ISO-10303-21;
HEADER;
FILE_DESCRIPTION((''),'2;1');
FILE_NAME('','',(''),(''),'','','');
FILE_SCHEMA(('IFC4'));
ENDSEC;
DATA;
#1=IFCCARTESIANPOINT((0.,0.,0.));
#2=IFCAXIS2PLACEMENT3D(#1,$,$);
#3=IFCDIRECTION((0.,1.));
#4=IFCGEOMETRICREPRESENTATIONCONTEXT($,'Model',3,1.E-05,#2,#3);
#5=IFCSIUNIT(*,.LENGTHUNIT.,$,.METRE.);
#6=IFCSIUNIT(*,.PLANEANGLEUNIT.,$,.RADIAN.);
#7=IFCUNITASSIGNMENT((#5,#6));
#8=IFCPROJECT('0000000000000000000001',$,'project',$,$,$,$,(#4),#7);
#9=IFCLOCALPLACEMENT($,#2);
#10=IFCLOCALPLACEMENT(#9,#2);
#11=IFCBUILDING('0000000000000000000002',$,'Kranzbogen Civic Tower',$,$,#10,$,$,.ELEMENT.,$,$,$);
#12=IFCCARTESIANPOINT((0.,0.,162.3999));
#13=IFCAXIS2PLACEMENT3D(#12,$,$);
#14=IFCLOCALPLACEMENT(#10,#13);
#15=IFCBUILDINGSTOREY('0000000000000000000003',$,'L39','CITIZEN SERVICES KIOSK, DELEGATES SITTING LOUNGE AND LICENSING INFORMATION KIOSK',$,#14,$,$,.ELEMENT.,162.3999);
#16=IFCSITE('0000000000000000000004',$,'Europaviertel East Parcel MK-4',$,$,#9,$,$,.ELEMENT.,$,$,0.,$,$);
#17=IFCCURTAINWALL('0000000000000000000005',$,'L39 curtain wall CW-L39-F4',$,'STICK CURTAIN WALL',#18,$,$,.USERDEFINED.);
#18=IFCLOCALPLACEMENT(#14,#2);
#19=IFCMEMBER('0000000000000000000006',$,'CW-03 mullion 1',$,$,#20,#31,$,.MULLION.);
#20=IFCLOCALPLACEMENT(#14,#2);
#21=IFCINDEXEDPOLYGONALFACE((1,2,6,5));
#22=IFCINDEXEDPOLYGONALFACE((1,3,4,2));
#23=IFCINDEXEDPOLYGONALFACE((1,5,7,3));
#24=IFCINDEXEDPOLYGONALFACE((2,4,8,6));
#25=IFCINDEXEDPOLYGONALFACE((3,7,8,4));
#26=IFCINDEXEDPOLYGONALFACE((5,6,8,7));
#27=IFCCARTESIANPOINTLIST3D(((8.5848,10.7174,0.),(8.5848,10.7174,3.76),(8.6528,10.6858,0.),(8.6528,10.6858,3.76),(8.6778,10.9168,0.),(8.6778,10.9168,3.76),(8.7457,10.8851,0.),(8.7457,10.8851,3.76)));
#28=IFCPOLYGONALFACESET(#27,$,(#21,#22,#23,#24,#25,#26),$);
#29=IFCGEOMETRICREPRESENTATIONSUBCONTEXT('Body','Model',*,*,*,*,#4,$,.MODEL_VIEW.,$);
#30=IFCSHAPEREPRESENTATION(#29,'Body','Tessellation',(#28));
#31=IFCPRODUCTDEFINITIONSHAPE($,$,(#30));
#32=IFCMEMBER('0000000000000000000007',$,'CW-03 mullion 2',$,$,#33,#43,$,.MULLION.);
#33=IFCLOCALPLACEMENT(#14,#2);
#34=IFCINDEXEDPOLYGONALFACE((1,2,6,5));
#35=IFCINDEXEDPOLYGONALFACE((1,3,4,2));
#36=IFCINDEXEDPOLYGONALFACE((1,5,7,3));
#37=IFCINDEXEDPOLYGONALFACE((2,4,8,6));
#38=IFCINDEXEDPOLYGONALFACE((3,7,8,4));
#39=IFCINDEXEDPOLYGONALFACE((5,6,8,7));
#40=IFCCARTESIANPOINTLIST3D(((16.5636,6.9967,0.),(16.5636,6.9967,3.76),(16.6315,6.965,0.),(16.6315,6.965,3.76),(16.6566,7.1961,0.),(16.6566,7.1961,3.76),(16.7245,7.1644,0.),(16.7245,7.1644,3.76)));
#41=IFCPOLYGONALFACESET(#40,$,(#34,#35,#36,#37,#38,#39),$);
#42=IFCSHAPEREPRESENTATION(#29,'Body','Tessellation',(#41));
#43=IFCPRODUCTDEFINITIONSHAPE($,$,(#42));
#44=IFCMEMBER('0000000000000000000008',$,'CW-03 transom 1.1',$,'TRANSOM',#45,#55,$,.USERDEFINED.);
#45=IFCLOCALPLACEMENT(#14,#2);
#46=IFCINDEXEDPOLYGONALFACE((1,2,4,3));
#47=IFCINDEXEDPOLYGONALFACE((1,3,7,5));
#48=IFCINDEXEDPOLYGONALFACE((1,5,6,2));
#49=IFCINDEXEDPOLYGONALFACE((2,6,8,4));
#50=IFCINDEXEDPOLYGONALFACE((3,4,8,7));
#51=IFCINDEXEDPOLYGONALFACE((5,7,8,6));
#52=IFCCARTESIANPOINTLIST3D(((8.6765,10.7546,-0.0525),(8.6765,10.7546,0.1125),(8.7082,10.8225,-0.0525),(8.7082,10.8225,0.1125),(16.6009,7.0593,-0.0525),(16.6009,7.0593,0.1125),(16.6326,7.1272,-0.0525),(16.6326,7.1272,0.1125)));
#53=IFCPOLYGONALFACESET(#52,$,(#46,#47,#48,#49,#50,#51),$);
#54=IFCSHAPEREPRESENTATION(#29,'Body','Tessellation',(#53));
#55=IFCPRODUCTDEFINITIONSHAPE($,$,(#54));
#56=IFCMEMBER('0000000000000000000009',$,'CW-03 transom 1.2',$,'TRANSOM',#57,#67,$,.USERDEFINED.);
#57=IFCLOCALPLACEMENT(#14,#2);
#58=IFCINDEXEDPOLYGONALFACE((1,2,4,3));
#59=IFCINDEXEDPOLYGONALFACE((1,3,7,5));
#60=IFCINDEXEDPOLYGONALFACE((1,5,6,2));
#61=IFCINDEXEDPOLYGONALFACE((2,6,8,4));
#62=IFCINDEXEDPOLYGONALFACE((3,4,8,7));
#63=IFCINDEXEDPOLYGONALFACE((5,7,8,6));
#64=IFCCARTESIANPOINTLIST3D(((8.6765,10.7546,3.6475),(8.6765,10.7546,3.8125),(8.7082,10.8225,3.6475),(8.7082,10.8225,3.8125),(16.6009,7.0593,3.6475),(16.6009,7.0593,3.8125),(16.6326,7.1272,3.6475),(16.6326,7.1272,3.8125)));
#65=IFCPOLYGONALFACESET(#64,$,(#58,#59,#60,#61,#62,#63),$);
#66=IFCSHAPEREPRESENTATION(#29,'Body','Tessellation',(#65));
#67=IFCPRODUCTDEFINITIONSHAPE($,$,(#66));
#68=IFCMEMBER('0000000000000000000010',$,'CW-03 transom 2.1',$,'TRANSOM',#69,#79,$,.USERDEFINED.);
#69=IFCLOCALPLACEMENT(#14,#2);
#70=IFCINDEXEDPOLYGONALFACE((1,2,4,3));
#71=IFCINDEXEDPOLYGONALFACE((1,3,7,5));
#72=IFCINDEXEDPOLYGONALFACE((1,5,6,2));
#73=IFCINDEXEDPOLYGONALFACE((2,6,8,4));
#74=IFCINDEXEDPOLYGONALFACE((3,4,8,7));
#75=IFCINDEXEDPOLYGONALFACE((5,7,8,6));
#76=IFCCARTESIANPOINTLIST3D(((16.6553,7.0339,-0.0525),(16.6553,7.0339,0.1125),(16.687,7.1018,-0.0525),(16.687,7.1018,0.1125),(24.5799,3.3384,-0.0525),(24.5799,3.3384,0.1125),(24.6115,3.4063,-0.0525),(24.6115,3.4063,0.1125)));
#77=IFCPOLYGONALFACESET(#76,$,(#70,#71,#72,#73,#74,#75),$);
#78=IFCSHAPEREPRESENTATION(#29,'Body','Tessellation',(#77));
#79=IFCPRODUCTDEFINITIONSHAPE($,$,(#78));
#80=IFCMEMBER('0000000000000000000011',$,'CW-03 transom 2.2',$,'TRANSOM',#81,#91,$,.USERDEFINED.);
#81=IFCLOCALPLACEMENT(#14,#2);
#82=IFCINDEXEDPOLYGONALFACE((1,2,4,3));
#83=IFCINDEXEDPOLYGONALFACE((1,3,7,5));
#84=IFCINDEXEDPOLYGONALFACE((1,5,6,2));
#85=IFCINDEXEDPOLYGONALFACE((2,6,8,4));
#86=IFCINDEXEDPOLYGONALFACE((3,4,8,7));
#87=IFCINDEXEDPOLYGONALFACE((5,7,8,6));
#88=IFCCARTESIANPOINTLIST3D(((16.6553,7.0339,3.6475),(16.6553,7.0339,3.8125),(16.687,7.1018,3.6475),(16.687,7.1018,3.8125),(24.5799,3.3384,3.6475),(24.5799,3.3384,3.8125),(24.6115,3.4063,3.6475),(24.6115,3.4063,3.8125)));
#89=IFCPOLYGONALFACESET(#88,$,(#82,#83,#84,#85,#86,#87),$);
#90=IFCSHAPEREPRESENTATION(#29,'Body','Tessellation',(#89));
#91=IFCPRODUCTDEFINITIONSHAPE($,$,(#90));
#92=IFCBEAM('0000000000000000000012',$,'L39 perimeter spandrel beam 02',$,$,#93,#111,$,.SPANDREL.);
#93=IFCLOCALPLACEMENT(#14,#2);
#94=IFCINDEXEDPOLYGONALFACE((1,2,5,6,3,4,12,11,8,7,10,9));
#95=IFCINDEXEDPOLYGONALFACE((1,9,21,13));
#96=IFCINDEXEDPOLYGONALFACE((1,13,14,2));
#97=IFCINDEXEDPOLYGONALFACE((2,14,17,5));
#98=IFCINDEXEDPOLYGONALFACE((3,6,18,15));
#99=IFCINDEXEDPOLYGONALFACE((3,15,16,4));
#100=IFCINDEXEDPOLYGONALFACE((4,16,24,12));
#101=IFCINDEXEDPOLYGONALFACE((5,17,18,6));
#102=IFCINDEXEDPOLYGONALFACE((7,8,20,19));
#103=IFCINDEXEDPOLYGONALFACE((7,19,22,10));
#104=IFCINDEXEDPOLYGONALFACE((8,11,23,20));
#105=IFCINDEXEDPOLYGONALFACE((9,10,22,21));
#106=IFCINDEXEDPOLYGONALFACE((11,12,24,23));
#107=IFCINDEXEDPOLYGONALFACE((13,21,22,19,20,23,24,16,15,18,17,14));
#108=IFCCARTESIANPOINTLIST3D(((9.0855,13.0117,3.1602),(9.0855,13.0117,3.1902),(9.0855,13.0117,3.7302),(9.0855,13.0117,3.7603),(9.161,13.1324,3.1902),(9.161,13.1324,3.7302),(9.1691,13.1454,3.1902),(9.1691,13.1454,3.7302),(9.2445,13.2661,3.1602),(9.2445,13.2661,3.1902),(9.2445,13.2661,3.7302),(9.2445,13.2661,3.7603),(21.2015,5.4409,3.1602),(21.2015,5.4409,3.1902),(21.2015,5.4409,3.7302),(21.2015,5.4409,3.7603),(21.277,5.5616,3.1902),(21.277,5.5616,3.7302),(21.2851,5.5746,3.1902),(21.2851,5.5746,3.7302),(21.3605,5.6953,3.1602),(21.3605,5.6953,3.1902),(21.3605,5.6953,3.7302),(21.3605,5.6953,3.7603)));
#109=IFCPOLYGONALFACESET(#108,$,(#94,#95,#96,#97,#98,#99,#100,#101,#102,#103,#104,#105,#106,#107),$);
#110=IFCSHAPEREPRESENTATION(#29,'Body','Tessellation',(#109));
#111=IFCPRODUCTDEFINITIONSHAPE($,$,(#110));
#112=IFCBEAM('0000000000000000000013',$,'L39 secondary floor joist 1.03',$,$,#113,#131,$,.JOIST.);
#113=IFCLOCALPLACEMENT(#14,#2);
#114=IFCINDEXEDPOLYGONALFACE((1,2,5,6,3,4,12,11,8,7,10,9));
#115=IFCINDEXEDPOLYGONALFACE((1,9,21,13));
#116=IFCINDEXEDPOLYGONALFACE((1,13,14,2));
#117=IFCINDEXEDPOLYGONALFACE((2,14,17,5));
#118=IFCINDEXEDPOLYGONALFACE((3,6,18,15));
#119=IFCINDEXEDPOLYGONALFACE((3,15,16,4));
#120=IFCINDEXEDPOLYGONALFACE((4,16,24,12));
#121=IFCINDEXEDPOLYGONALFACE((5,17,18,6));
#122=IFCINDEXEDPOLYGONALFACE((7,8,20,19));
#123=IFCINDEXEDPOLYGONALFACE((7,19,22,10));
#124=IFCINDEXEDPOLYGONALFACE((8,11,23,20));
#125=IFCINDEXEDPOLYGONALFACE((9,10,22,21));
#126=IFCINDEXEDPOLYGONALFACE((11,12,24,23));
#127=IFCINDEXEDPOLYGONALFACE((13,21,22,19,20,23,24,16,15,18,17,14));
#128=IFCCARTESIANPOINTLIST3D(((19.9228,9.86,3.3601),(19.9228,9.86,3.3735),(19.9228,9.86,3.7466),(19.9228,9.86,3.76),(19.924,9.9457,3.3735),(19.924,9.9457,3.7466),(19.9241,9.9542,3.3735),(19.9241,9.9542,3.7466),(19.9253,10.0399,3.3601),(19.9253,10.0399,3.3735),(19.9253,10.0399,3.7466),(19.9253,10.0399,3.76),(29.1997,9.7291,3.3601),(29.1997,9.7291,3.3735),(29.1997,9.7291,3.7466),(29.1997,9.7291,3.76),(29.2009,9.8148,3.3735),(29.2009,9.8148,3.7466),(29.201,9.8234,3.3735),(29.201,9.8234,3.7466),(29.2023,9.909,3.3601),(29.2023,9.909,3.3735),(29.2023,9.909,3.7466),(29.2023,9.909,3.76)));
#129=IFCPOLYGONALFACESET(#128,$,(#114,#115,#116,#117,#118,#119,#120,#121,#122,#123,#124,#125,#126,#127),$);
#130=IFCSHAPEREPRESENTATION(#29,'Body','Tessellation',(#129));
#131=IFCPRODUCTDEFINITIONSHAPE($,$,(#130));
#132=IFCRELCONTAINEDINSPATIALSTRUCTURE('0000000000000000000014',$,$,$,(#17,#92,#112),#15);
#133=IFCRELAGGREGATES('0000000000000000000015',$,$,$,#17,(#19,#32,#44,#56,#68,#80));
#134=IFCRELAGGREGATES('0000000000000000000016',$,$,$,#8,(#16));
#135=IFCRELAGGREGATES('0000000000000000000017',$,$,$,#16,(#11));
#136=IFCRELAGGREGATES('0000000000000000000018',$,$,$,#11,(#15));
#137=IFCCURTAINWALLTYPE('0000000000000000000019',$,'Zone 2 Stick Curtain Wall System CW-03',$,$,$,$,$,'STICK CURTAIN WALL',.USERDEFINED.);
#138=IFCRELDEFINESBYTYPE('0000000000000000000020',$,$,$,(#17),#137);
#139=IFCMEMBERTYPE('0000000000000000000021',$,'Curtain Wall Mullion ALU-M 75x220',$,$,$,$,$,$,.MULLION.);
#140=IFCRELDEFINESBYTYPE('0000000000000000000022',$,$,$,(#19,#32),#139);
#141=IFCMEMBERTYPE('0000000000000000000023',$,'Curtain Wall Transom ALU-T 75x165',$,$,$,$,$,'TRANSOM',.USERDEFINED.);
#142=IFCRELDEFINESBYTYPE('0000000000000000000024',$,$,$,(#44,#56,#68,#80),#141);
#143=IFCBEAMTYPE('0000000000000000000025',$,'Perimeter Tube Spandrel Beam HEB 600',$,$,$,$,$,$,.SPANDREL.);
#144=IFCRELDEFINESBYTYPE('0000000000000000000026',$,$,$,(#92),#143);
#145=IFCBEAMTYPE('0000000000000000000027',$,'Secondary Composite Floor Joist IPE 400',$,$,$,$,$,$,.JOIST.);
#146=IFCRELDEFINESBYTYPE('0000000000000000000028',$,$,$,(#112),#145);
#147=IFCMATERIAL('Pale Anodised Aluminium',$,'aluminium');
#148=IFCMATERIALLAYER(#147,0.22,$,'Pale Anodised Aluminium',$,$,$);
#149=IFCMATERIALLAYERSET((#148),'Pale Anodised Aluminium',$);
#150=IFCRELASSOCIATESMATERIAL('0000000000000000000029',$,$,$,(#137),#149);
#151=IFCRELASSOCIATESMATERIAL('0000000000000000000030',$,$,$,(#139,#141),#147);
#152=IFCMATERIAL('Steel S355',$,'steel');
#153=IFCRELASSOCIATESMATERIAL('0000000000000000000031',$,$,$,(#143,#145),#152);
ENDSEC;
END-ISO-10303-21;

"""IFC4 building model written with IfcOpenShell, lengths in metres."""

from ifc_helpers import new_model, si_unit, direction, frame, origin, origin_2d, place, context, subcontext, project, spatial, rectangle, i_section, extrude, material, layer, layer_set, material_profile, profile_set, type_object, element, aggregate, save


model = new_model("IFC4")

# Units and contexts
model_context = context("Model", 3, precision=1e-05, world=origin(), true_north=direction((0.0, 1.0)))
body_context = subcontext(model_context, "Body", "Model", "MODEL_VIEW")
ifc_project = project(units=[si_unit("LENGTHUNIT", "METRE"), si_unit("PLANEANGLEUNIT", "RADIAN")], contexts=[model_context])

# Site, building, storey
site_placement = place(None, origin())
site = spatial("IfcSite", under=ifc_project, at=site_placement, Name="Europaviertel East Parcel MK-4", CompositionType="ELEMENT", RefElevation=0.0)
building_placement = place(site_placement, origin())
building = spatial("IfcBuilding", under=site, at=building_placement, Name="Kranzbogen Civic Tower", CompositionType="ELEMENT")
storey_placement = place(building_placement, frame((0.0, 0.0, 162.3999)))
storey = spatial("IfcBuildingStorey", under=building, at=storey_placement, Name="L39", Description="CITIZEN SERVICES KIOSK, DELEGATES SITTING LOUNGE AND LICENSING INFORMATION KIOSK", CompositionType="ELEMENT", Elevation=162.3999)

# Curtain wall, members
ifc_material_1 = material(Name="Pale Anodised Aluminium", Category="aluminium")
ifc_layer_1 = layer(ifc_material_1, 0.22, Name="Pale Anodised Aluminium")
ifc_layer_set_1 = layer_set([ifc_layer_1], Name="Pale Anodised Aluminium")
curtain_wall_type = type_object("IfcCurtainWallType", Name="Zone 2 Stick Curtain Wall System CW-03", ElementType="STICK CURTAIN WALL", PredefinedType="USERDEFINED", material=ifc_layer_set_1)
curtain_wall_placement = place(storey_placement, origin())
curtain_wall = element("IfcCurtainWall", 1, at=curtain_wall_placement, inside=storey, type_object=curtain_wall_type, Name="L39 curtain wall CW-L39-F4", ObjectType="STICK CURTAIN WALL", PredefinedType="USERDEFINED")
ifc_material_profile_1 = material_profile(ifc_material_1, rectangle(XDim=0.075, YDim=0.22, at=origin_2d()), Name="ALU-M 75x220")
ifc_profile_set_1 = profile_set([ifc_material_profile_1], Name="Pale Anodised Aluminium")
member_type_1 = type_object("IfcMemberType", Name="Curtain Wall Mullion ALU-M 75x220", PredefinedType="MULLION", material=ifc_profile_set_1)
member_1_placement = place(storey_placement, frame((8.6653, 10.8013, 0.0), z_axis=(0.0, 0.0, 1.0), x_axis=(0.906297, -0.422641, 0.0)))
member_1 = element("IfcMember", 2, at=member_1_placement, type_object=member_type_1, Name="CW-03 mullion 1", PredefinedType="MULLION", context=body_context, shape_type="SweptSolid", body=[
    extrude(rectangle(XDim=0.075, YDim=0.22, at=origin_2d()), origin(), (0.0, 0.0, 1.0), 3.76),
])
member_2_placement = place(storey_placement, frame((16.644, 7.0806, 0.0), z_axis=(0.0, 0.0, 1.0), x_axis=(0.906297, -0.422641, 0.0)))
member_2 = element("IfcMember", 3, at=member_2_placement, type_object=member_type_1, Name="CW-03 mullion 2", PredefinedType="MULLION", context=body_context, shape_type="SweptSolid", body=[
    extrude(rectangle(XDim=0.075, YDim=0.22, at=origin_2d()), origin(), (0.0, 0.0, 1.0), 3.76),
])
ifc_material_profile_2 = material_profile(ifc_material_1, rectangle(XDim=0.075, YDim=0.165, at=origin_2d()), Name="ALU-T 75x165")
ifc_profile_set_2 = profile_set([ifc_material_profile_2], Name="Pale Anodised Aluminium")
member_type_2 = type_object("IfcMemberType", Name="Curtain Wall Transom ALU-T 75x165", ElementType="TRANSOM", PredefinedType="USERDEFINED", material=ifc_profile_set_2)
member_3_placement = place(storey_placement, frame((8.6924, 10.7886, 0.03), z_axis=(0.906302, -0.422632, 0.0), x_axis=(0.422632, 0.906302, 0.0)))
member_3 = element("IfcMember", 4, at=member_3_placement, type_object=member_type_2, Name="CW-03 transom 1.1", ObjectType="TRANSOM", PredefinedType="USERDEFINED", context=body_context, shape_type="SweptSolid", body=[
    extrude(rectangle(XDim=0.075, YDim=0.165, at=origin_2d()), origin(), (0.0, 0.0, 1.0), 8.7437),
])
member_4_placement = place(storey_placement, frame((8.6924, 10.7886, 3.73), z_axis=(0.906302, -0.422632, 0.0), x_axis=(0.422632, 0.906302, 0.0)))
member_4 = element("IfcMember", 5, at=member_4_placement, type_object=member_type_2, Name="CW-03 transom 1.2", ObjectType="TRANSOM", PredefinedType="USERDEFINED", context=body_context, shape_type="SweptSolid", body=[
    extrude(rectangle(XDim=0.075, YDim=0.165, at=origin_2d()), origin(), (0.0, 0.0, 1.0), 8.7437),
])
member_5_placement = place(storey_placement, frame((16.6711, 7.0679, 0.03), z_axis=(0.906296, -0.422644, 0.0), x_axis=(0.422644, 0.906296, 0.0)))
member_5 = element("IfcMember", 6, at=member_5_placement, type_object=member_type_2, Name="CW-03 transom 2.1", ObjectType="TRANSOM", PredefinedType="USERDEFINED", context=body_context, shape_type="SweptSolid", body=[
    extrude(rectangle(XDim=0.075, YDim=0.165, at=origin_2d()), origin(), (0.0, 0.0, 1.0), 8.7439),
])
member_6_placement = place(storey_placement, frame((16.6711, 7.0679, 3.73), z_axis=(0.906296, -0.422644, 0.0), x_axis=(0.422644, 0.906296, 0.0)))
member_6 = element("IfcMember", 7, at=member_6_placement, type_object=member_type_2, Name="CW-03 transom 2.2", ObjectType="TRANSOM", PredefinedType="USERDEFINED", context=body_context, shape_type="SweptSolid", body=[
    extrude(rectangle(XDim=0.075, YDim=0.165, at=origin_2d()), origin(), (0.0, 0.0, 1.0), 8.7439),
])

# Beams
ifc_material_2 = material(Name="Steel S355", Category="steel")
ifc_material_profile_3 = material_profile(ifc_material_2, i_section(OverallWidth=0.3, OverallDepth=0.6001, WebThickness=0.0154, FlangeThickness=0.03, at=origin_2d()), Name="HEB 600")
ifc_profile_set_3 = profile_set([ifc_material_profile_3], Name="Steel S355")
beam_type_1 = type_object("IfcBeamType", Name="Perimeter Tube Spandrel Beam HEB 600", PredefinedType="SPANDREL", material=ifc_profile_set_3)
beam_1_placement = place(storey_placement, frame((9.165, 13.1389, 3.4602), z_axis=(0.848051, -0.529914, 0.0), x_axis=(0.529914, 0.848051, 0.0)))
element("IfcBeam", 8, at=beam_1_placement, inside=storey, type_object=beam_type_1, Name="L39 perimeter spandrel beam 02", PredefinedType="SPANDREL", context=body_context, shape_type="SweptSolid", body=[
    extrude(i_section(OverallWidth=0.3, OverallDepth=0.6001, WebThickness=0.0154, FlangeThickness=0.03, at=origin_2d()), origin(), (0.0, 0.0, 1.0), 14.2869),
])
ifc_material_profile_4 = material_profile(ifc_material_2, i_section(OverallWidth=0.1799, OverallDepth=0.3999, WebThickness=0.0085, FlangeThickness=0.0134, at=origin_2d()), Name="IPE 400")
ifc_profile_set_4 = profile_set([ifc_material_profile_4], Name="Steel S355")
beam_type_2 = type_object("IfcBeamType", Name="Secondary Composite Floor Joist IPE 400", PredefinedType="JOIST", material=ifc_profile_set_4)
beam_2_placement = place(storey_placement, frame((19.9241, 9.95, 3.5601), z_axis=(0.999901, -0.014105, 0.0), x_axis=(0.014105, 0.999901, 0.0)))
element("IfcBeam", 9, at=beam_2_placement, inside=storey, type_object=beam_type_2, Name="L39 secondary floor joist 1.03", PredefinedType="JOIST", context=body_context, shape_type="SweptSolid", body=[
    extrude(i_section(OverallWidth=0.1799, OverallDepth=0.3999, WebThickness=0.0085, FlangeThickness=0.0134, at=origin_2d()), origin(), (0.0, 0.0, 1.0), 9.2778),
])

aggregate(curtain_wall, [member_1, member_2, member_3, member_4, member_5, member_6])

save(model, "model.ifc")
